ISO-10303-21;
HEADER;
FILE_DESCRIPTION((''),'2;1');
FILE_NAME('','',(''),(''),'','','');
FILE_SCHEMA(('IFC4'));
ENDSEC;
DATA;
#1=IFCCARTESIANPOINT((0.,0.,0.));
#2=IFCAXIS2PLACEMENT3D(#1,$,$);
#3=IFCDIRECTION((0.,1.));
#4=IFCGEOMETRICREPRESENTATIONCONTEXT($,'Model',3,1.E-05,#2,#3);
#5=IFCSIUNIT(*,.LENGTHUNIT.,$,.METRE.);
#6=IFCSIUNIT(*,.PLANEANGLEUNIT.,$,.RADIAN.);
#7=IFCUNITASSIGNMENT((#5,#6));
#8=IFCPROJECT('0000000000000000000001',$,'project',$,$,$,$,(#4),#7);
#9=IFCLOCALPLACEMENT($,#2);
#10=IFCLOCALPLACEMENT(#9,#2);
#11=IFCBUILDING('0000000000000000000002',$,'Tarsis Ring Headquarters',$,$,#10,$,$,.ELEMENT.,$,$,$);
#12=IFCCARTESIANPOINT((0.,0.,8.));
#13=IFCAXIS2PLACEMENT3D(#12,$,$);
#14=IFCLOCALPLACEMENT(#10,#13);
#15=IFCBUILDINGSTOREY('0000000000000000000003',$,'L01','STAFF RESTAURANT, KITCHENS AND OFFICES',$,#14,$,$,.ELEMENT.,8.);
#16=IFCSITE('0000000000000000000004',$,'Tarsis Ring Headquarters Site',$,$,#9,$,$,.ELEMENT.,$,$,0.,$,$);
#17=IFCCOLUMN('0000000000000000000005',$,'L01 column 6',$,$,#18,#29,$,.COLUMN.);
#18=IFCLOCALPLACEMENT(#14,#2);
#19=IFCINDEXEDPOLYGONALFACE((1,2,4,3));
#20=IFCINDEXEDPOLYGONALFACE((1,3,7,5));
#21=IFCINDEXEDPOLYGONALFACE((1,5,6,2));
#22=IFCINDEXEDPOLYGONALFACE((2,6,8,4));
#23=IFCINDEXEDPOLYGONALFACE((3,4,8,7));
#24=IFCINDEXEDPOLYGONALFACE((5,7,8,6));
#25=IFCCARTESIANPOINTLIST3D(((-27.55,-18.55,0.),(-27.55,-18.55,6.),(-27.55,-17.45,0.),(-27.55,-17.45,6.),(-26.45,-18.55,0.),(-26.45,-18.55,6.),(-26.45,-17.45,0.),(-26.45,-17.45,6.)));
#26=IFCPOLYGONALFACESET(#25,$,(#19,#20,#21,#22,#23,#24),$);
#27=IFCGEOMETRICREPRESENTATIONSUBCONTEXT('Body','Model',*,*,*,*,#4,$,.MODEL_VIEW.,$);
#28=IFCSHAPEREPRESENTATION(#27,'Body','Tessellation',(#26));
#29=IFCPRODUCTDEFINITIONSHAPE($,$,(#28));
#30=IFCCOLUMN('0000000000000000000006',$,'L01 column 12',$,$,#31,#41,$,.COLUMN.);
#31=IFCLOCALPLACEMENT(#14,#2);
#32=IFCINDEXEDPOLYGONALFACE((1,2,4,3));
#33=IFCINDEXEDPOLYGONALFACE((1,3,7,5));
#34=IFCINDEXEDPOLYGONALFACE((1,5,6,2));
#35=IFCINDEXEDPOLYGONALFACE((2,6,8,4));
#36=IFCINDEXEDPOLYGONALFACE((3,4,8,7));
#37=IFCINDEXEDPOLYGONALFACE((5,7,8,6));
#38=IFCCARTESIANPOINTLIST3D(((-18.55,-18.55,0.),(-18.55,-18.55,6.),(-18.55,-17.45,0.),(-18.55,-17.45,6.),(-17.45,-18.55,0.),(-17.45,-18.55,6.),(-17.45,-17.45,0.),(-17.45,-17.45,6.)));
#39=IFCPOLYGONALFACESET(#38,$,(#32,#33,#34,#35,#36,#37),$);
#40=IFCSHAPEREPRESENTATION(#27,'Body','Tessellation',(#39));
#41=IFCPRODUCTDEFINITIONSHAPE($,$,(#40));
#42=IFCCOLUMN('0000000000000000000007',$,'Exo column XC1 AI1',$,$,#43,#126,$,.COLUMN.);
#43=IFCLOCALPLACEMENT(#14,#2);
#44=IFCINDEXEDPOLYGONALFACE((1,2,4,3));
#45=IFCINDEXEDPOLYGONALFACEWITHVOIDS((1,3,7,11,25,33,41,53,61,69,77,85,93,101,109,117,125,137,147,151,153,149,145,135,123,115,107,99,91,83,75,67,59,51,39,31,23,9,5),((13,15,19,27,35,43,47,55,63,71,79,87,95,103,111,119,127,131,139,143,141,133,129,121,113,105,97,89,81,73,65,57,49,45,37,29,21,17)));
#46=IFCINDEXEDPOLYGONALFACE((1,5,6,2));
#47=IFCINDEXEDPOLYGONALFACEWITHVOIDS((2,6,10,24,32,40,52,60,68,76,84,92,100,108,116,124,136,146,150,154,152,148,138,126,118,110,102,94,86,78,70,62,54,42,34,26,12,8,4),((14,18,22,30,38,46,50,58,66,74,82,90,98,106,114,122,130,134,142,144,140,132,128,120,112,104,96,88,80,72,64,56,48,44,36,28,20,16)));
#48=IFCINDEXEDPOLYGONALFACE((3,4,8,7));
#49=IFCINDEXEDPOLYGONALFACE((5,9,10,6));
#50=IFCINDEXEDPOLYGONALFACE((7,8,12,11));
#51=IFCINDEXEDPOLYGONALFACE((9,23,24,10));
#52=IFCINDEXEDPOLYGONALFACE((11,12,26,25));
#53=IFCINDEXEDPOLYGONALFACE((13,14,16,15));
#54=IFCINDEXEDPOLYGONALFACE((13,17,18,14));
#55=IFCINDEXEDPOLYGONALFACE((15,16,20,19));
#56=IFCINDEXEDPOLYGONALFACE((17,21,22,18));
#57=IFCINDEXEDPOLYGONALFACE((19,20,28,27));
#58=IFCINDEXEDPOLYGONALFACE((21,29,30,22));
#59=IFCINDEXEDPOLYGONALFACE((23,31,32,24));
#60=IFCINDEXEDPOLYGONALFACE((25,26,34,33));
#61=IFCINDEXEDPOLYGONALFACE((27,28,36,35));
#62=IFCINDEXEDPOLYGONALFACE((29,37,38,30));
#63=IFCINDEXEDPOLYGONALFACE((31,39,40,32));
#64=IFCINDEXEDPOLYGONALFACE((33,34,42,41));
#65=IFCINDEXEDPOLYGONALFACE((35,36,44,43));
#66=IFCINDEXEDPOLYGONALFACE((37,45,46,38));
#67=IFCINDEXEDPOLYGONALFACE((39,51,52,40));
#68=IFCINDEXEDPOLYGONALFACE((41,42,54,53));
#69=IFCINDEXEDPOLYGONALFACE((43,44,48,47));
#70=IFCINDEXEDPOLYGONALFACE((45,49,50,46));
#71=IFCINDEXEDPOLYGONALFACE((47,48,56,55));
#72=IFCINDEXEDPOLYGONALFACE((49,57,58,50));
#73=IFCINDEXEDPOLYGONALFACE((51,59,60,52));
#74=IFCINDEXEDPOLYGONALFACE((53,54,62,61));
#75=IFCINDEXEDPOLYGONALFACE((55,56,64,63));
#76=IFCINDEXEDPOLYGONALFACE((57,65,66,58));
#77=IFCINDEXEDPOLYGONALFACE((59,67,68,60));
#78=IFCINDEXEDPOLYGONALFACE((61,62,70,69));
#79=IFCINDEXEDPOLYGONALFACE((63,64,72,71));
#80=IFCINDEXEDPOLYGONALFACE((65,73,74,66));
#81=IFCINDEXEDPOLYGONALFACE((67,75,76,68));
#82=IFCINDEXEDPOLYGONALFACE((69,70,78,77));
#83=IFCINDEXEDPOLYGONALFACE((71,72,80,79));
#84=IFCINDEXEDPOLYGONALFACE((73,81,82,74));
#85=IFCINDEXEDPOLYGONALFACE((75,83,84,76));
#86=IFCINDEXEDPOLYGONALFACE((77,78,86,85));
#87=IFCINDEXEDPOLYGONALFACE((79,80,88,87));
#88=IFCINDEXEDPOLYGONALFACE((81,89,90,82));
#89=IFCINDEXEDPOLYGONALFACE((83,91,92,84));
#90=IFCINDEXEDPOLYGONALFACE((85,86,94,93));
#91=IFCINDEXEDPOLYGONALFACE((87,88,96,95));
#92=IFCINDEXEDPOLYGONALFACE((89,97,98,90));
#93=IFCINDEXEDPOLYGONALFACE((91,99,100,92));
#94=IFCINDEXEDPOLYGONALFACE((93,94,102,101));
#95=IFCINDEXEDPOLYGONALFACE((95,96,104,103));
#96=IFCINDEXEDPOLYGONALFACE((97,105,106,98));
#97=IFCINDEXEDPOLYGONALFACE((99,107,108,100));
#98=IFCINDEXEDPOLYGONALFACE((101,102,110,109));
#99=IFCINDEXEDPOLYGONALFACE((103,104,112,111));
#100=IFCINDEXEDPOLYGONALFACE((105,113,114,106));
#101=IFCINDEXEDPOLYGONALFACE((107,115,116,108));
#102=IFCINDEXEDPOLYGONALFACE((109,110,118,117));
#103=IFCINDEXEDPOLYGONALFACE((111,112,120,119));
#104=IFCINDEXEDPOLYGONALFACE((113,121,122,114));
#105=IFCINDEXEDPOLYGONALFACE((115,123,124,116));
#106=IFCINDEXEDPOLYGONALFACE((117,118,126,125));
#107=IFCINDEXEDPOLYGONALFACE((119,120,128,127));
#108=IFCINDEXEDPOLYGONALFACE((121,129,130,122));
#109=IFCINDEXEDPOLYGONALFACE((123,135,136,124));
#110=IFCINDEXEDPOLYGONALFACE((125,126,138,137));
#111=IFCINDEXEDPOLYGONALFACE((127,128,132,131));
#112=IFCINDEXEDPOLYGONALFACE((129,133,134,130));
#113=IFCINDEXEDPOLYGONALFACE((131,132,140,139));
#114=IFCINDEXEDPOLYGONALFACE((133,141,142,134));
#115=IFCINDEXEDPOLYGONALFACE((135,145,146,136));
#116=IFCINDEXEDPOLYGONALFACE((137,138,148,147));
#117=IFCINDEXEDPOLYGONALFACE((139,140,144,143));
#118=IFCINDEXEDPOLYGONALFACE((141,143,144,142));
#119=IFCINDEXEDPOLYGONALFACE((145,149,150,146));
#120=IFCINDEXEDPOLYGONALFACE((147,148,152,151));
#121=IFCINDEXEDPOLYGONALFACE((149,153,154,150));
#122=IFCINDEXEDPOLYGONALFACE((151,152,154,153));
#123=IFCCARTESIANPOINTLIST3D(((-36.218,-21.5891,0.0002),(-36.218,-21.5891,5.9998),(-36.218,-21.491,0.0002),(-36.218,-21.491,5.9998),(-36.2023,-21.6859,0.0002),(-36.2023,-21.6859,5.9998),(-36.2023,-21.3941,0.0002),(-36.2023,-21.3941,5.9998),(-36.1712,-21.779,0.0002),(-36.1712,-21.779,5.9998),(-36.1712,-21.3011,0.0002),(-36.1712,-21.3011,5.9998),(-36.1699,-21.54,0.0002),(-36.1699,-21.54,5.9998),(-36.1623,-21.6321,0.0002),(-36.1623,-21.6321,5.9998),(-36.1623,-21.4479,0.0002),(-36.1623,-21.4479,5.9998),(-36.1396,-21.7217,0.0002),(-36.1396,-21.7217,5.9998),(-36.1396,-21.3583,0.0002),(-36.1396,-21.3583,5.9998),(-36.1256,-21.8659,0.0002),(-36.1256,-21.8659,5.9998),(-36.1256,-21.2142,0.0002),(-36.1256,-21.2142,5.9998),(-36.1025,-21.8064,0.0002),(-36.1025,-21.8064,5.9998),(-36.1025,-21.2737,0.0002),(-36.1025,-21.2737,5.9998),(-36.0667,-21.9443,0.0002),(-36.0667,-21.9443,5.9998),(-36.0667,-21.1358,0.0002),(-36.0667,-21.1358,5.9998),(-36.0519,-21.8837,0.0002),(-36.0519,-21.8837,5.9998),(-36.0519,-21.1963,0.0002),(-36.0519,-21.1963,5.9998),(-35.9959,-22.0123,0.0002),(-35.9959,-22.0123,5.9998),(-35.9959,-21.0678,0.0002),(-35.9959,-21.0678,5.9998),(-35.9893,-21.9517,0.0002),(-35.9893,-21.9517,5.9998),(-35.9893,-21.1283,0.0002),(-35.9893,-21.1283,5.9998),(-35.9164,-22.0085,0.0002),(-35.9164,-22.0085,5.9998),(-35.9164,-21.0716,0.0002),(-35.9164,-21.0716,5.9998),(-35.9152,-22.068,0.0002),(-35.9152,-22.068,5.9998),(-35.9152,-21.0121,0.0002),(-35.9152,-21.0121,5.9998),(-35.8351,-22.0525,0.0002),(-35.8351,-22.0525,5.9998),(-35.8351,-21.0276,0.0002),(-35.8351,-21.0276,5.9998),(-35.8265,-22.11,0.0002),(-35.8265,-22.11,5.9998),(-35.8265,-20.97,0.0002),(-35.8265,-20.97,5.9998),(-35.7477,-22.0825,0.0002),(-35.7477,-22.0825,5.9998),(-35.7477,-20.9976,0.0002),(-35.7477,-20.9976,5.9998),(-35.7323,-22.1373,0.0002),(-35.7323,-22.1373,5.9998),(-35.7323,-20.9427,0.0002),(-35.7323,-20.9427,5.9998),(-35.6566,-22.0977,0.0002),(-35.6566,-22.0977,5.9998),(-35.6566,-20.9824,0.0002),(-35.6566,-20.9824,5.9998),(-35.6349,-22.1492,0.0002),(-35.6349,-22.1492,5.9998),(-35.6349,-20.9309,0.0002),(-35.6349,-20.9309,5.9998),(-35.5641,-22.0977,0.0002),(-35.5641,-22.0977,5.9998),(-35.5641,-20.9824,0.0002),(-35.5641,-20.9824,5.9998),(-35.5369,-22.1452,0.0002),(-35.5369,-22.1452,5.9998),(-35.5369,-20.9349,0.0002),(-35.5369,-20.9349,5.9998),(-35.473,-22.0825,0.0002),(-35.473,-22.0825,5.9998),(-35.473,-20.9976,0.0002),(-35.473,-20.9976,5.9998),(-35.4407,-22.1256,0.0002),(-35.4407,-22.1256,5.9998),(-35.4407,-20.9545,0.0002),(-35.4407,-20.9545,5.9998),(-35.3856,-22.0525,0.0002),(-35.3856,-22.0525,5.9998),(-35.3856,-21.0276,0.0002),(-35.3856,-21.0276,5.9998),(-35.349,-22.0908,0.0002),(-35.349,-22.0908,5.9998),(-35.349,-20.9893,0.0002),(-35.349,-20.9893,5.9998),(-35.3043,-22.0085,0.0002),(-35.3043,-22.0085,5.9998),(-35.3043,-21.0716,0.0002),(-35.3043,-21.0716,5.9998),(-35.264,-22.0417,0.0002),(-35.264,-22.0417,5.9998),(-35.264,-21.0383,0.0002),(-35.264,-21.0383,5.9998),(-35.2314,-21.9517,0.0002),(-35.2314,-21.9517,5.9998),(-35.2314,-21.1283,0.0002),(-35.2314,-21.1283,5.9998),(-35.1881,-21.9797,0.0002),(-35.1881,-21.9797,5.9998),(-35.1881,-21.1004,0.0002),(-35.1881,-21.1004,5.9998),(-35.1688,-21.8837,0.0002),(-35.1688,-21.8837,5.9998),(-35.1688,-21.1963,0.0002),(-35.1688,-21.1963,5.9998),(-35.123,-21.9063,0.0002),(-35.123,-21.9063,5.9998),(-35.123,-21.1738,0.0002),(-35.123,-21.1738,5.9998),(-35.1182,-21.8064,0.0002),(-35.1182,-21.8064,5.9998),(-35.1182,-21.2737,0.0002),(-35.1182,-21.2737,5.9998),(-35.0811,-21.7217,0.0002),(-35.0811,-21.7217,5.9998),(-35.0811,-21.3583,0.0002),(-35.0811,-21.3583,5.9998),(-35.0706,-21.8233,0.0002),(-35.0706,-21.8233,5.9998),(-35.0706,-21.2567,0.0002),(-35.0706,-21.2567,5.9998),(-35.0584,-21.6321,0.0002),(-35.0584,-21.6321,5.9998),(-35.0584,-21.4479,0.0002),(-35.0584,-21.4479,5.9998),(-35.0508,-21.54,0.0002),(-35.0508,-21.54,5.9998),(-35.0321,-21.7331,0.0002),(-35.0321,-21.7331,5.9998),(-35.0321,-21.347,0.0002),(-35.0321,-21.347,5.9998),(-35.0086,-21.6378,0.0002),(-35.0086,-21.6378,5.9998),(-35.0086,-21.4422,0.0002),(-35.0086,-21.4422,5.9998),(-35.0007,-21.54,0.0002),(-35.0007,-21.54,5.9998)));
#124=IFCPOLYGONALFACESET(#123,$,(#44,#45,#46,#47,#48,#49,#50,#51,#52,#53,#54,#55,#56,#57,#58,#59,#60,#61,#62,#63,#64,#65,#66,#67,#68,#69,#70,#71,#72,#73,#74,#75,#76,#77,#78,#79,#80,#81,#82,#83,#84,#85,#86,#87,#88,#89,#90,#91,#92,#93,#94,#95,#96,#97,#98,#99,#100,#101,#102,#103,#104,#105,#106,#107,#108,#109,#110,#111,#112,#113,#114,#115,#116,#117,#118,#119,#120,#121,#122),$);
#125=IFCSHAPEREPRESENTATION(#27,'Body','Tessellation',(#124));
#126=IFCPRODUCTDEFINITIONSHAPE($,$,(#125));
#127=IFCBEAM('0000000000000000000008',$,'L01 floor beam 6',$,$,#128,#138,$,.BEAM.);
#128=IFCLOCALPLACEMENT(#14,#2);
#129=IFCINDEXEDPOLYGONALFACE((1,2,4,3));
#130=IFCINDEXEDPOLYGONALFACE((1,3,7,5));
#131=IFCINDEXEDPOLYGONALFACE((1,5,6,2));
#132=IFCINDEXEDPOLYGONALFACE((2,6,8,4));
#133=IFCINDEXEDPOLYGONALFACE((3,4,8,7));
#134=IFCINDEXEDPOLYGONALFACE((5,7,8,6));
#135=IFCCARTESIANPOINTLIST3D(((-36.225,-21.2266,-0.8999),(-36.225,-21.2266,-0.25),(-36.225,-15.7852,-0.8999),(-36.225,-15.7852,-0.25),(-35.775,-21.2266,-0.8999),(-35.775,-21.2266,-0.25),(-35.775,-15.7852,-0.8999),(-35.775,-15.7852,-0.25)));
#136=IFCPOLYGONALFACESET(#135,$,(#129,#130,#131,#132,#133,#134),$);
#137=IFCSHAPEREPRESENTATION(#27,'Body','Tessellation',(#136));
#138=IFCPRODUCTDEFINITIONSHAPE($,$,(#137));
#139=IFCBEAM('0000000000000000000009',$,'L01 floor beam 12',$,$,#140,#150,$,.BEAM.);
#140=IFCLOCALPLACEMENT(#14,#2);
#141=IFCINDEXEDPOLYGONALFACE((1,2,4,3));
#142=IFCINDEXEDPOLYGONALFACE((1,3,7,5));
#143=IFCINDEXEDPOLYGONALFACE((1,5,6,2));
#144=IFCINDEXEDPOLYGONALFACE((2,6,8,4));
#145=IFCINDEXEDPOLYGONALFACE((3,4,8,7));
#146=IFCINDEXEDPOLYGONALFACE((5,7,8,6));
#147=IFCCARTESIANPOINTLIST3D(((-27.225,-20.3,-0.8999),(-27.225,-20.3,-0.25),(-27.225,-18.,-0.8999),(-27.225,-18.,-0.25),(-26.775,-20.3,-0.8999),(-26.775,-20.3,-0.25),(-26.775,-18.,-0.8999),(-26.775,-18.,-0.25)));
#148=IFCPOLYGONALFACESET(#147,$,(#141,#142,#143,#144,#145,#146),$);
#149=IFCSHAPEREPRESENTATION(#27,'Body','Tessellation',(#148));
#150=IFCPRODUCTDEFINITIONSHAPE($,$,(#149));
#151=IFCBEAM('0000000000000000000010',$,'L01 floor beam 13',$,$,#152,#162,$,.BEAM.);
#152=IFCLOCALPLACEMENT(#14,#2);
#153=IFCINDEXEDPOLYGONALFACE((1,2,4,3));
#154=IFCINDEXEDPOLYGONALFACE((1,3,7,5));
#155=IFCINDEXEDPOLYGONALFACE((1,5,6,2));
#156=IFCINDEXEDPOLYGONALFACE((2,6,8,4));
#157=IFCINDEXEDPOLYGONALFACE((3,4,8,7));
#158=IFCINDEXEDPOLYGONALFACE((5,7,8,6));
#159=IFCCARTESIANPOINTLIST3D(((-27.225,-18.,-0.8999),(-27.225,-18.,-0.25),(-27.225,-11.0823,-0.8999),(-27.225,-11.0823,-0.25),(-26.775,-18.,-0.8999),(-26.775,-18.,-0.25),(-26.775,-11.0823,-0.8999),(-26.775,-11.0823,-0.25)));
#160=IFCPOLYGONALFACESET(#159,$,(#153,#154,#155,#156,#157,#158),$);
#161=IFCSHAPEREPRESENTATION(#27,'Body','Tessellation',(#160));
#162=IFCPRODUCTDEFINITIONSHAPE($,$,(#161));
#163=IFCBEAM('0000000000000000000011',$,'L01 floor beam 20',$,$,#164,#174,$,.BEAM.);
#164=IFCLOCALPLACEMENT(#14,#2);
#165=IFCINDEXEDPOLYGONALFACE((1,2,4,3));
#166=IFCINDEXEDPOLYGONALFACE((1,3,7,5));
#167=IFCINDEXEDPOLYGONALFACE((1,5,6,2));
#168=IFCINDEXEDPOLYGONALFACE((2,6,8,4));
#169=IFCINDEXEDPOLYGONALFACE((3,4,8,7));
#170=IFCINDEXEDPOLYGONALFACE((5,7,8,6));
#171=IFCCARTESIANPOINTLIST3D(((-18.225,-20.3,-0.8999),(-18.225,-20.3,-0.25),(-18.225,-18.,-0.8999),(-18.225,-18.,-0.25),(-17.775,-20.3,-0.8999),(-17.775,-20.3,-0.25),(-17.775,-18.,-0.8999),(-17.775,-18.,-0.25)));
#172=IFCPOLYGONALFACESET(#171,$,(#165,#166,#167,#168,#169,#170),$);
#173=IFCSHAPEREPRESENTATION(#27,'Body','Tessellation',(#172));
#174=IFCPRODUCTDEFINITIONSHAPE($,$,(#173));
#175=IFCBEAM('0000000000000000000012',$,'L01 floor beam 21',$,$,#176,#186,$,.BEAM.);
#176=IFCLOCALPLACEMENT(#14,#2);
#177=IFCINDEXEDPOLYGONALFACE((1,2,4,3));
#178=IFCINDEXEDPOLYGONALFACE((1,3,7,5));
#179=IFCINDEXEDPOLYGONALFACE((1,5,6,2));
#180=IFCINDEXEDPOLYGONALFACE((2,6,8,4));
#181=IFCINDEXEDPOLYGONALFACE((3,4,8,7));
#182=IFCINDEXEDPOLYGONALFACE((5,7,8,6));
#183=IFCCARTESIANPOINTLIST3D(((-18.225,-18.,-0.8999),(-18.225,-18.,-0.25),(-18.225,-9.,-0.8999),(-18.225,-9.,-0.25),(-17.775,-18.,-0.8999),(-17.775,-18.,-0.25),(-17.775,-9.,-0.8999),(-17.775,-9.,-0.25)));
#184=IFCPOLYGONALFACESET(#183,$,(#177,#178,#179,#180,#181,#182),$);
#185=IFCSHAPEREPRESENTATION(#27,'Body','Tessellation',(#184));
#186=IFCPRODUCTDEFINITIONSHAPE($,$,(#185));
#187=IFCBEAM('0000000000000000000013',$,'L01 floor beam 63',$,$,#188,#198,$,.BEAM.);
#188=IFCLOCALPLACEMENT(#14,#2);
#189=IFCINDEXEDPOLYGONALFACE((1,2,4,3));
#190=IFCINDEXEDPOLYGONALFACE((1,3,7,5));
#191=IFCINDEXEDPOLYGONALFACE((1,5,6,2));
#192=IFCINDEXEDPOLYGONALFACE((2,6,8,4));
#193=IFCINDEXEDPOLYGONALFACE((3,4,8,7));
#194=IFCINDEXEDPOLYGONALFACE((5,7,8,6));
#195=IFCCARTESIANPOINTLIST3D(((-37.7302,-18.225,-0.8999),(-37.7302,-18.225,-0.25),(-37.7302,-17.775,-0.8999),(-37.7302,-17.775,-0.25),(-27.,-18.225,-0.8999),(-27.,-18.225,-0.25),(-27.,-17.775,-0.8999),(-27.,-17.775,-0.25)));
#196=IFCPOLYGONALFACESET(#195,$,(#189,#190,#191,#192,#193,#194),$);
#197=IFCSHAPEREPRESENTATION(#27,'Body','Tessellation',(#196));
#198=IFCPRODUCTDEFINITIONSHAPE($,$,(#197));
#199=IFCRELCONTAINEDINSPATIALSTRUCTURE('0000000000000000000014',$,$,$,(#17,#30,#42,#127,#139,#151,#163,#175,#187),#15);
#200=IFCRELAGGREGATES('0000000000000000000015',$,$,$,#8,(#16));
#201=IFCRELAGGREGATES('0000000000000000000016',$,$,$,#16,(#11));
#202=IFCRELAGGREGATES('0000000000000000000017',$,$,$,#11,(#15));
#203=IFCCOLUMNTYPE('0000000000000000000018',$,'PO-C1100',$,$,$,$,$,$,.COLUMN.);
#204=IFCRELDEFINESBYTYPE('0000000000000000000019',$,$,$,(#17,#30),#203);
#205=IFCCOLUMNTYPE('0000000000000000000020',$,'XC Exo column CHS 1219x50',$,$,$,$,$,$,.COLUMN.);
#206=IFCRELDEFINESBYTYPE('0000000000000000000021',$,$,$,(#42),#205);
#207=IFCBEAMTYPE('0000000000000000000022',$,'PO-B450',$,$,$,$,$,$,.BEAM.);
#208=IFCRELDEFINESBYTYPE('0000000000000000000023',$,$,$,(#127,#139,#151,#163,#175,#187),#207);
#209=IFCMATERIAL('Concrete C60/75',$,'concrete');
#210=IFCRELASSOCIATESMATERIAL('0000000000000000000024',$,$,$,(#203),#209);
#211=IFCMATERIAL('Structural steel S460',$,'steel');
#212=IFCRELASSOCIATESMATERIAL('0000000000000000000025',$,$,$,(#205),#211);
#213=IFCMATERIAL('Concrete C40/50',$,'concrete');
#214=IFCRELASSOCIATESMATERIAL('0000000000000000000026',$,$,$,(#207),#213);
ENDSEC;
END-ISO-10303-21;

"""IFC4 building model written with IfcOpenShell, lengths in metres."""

from ifc_helpers import new_model, si_unit, direction, frame, origin, origin_2d, place, context, subcontext, project, spatial, rectangle, hollow_circle, extrude, material, material_profile, profile_set, type_object, element, save


model = new_model("IFC4")

# Units and contexts
model_context = context("Model", 3, precision=1e-05, world=origin(), true_north=direction((0.0, 1.0)))
body_context = subcontext(model_context, "Body", "Model", "MODEL_VIEW")
ifc_project = project(units=[si_unit("LENGTHUNIT", "METRE"), si_unit("PLANEANGLEUNIT", "RADIAN")], contexts=[model_context])

# Site, building, storey
site_placement = place(None, origin())
site = spatial("IfcSite", under=ifc_project, at=site_placement, Name="Tarsis Ring Headquarters Site", CompositionType="ELEMENT", RefElevation=0.0)
building_placement = place(site_placement, origin())
building = spatial("IfcBuilding", under=site, at=building_placement, Name="Tarsis Ring Headquarters", CompositionType="ELEMENT")
storey_placement = place(building_placement, frame((0.0, 0.0, 8.0)))
storey = spatial("IfcBuildingStorey", under=building, at=storey_placement, Name="L01", Description="STAFF RESTAURANT, KITCHENS AND OFFICES", CompositionType="ELEMENT", Elevation=8.0)

# Columns
ifc_material_1 = material(Name="Concrete C60/75", Category="concrete")
ifc_material_profile_1 = material_profile(ifc_material_1, rectangle(XDim=1.1001, YDim=1.1001, at=origin_2d()), Name="PO-C1100")
ifc_profile_set_1 = profile_set([ifc_material_profile_1], Name="Concrete C60/75")
column_type_1 = type_object("IfcColumnType", Name="PO-C1100", PredefinedType="COLUMN", material=ifc_profile_set_1)
for number, where, z_axis, x_axis, name in (
    (1, (-27.0, -18.0, 0.0), (0.0, 0.0, 1.0), (1.0, 0.0, 0.0), "L01 column 6"),
    (2, (-18.0, -18.0, 0.0), (0.0, 0.0, 1.0), (1.0, 0.0, 0.0), "L01 column 12"),
):
    element("IfcColumn", number, at=place(storey_placement, frame(where, z_axis=z_axis, x_axis=x_axis)), inside=storey, type_object=column_type_1, Name=name, PredefinedType="COLUMN", context=body_context, shape_type="SweptSolid", body=[
        extrude(rectangle(XDim=1.1001, YDim=1.1001, at=origin_2d()), origin(), (0.0, 0.0, 1.0), 6.0),
    ])
ifc_material_2 = material(Name="Structural steel S460", Category="steel")
ifc_material_profile_2 = material_profile(ifc_material_2, hollow_circle(Radius=0.6096, WallThickness=0.05, at=origin_2d()), Name="CHS 1219x50")
ifc_profile_set_2 = profile_set([ifc_material_profile_2], Name="Structural steel S460")
column_type_2 = type_object("IfcColumnType", Name="XC Exo column CHS 1219x50", PredefinedType="COLUMN", material=ifc_profile_set_2)
column_placement = place(storey_placement, frame((-35.6104, -21.54, 0.0002), z_axis=(0.0, 0.0, 1.0), x_axis=(1.0, 0.0, 0.0)))
element("IfcColumn", 3, at=column_placement, inside=storey, type_object=column_type_2, Name="Exo column XC1 AI1", PredefinedType="COLUMN", context=body_context, shape_type="SweptSolid", body=[
    extrude(hollow_circle(Radius=0.6096, WallThickness=0.05, at=origin_2d()), origin(), (0.0, 0.0, 1.0), 5.9995),
])

# Beams
ifc_material_3 = material(Name="Concrete C40/50", Category="concrete")
ifc_material_profile_3 = material_profile(ifc_material_3, rectangle(XDim=0.45, YDim=0.6499, at=origin_2d()), Name="PO-B450")
ifc_profile_set_3 = profile_set([ifc_material_profile_3], Name="Concrete C40/50")
beam_type_1 = type_object("IfcBeamType", Name="PO-B450", PredefinedType="BEAM", material=ifc_profile_set_3)
beam_1_placement = place(storey_placement, frame((-36.0, -21.2266, -0.575), z_axis=(0.0, 1.0, 0.0), x_axis=(-1.0, 0.0, 0.0)))
element("IfcBeam", 4, at=beam_1_placement, inside=storey, type_object=beam_type_1, Name="L01 floor beam 6", PredefinedType="BEAM", context=body_context, shape_type="SweptSolid", body=[
    extrude(rectangle(XDim=0.45, YDim=0.6499, at=origin_2d()), origin(), (0.0, 0.0, 1.0), 5.4414),
])
beam_2_placement = place(storey_placement, frame((-27.0, -20.3, -0.575), z_axis=(0.0, 1.0, 0.0), x_axis=(-1.0, 0.0, 0.0)))
element("IfcBeam", 5, at=beam_2_placement, inside=storey, type_object=beam_type_1, Name="L01 floor beam 12", PredefinedType="BEAM", context=body_context, shape_type="SweptSolid", body=[
    extrude(rectangle(XDim=0.45, YDim=0.6499, at=origin_2d()), origin(), (0.0, 0.0, 1.0), 2.3),
])
beam_3_placement = place(storey_placement, frame((-27.0, -18.0, -0.575), z_axis=(0.0, 1.0, 0.0), x_axis=(-1.0, 0.0, 0.0)))
element("IfcBeam", 6, at=beam_3_placement, inside=storey, type_object=beam_type_1, Name="L01 floor beam 13", PredefinedType="BEAM", context=body_context, shape_type="SweptSolid", body=[
    extrude(rectangle(XDim=0.45, YDim=0.6499, at=origin_2d()), origin(), (0.0, 0.0, 1.0), 6.9177),
])
beam_4_placement = place(storey_placement, frame((-18.0, -20.3, -0.575), z_axis=(0.0, 1.0, 0.0), x_axis=(-1.0, 0.0, 0.0)))
element("IfcBeam", 7, at=beam_4_placement, inside=storey, type_object=beam_type_1, Name="L01 floor beam 20", PredefinedType="BEAM", context=body_context, shape_type="SweptSolid", body=[
    extrude(rectangle(XDim=0.45, YDim=0.6499, at=origin_2d()), origin(), (0.0, 0.0, 1.0), 2.3),
])
beam_5_placement = place(storey_placement, frame((-18.0, -18.0, -0.575), z_axis=(0.0, 1.0, 0.0), x_axis=(-1.0, 0.0, 0.0)))
element("IfcBeam", 8, at=beam_5_placement, inside=storey, type_object=beam_type_1, Name="L01 floor beam 21", PredefinedType="BEAM", context=body_context, shape_type="SweptSolid", body=[
    extrude(rectangle(XDim=0.45, YDim=0.6499, at=origin_2d()), origin(), (0.0, 0.0, 1.0), 9.0),
])
beam_6_placement = place(storey_placement, frame((-37.7302, -18.0, -0.575), z_axis=(1.0, 0.0, 0.0), x_axis=(0.0, 1.0, 0.0)))
element("IfcBeam", 9, at=beam_6_placement, inside=storey, type_object=beam_type_1, Name="L01 floor beam 63", PredefinedType="BEAM", context=body_context, shape_type="SweptSolid", body=[
    extrude(rectangle(XDim=0.45, YDim=0.6499, at=origin_2d()), origin(), (0.0, 0.0, 1.0), 10.7302),
])

save(model, "model.ifc")
